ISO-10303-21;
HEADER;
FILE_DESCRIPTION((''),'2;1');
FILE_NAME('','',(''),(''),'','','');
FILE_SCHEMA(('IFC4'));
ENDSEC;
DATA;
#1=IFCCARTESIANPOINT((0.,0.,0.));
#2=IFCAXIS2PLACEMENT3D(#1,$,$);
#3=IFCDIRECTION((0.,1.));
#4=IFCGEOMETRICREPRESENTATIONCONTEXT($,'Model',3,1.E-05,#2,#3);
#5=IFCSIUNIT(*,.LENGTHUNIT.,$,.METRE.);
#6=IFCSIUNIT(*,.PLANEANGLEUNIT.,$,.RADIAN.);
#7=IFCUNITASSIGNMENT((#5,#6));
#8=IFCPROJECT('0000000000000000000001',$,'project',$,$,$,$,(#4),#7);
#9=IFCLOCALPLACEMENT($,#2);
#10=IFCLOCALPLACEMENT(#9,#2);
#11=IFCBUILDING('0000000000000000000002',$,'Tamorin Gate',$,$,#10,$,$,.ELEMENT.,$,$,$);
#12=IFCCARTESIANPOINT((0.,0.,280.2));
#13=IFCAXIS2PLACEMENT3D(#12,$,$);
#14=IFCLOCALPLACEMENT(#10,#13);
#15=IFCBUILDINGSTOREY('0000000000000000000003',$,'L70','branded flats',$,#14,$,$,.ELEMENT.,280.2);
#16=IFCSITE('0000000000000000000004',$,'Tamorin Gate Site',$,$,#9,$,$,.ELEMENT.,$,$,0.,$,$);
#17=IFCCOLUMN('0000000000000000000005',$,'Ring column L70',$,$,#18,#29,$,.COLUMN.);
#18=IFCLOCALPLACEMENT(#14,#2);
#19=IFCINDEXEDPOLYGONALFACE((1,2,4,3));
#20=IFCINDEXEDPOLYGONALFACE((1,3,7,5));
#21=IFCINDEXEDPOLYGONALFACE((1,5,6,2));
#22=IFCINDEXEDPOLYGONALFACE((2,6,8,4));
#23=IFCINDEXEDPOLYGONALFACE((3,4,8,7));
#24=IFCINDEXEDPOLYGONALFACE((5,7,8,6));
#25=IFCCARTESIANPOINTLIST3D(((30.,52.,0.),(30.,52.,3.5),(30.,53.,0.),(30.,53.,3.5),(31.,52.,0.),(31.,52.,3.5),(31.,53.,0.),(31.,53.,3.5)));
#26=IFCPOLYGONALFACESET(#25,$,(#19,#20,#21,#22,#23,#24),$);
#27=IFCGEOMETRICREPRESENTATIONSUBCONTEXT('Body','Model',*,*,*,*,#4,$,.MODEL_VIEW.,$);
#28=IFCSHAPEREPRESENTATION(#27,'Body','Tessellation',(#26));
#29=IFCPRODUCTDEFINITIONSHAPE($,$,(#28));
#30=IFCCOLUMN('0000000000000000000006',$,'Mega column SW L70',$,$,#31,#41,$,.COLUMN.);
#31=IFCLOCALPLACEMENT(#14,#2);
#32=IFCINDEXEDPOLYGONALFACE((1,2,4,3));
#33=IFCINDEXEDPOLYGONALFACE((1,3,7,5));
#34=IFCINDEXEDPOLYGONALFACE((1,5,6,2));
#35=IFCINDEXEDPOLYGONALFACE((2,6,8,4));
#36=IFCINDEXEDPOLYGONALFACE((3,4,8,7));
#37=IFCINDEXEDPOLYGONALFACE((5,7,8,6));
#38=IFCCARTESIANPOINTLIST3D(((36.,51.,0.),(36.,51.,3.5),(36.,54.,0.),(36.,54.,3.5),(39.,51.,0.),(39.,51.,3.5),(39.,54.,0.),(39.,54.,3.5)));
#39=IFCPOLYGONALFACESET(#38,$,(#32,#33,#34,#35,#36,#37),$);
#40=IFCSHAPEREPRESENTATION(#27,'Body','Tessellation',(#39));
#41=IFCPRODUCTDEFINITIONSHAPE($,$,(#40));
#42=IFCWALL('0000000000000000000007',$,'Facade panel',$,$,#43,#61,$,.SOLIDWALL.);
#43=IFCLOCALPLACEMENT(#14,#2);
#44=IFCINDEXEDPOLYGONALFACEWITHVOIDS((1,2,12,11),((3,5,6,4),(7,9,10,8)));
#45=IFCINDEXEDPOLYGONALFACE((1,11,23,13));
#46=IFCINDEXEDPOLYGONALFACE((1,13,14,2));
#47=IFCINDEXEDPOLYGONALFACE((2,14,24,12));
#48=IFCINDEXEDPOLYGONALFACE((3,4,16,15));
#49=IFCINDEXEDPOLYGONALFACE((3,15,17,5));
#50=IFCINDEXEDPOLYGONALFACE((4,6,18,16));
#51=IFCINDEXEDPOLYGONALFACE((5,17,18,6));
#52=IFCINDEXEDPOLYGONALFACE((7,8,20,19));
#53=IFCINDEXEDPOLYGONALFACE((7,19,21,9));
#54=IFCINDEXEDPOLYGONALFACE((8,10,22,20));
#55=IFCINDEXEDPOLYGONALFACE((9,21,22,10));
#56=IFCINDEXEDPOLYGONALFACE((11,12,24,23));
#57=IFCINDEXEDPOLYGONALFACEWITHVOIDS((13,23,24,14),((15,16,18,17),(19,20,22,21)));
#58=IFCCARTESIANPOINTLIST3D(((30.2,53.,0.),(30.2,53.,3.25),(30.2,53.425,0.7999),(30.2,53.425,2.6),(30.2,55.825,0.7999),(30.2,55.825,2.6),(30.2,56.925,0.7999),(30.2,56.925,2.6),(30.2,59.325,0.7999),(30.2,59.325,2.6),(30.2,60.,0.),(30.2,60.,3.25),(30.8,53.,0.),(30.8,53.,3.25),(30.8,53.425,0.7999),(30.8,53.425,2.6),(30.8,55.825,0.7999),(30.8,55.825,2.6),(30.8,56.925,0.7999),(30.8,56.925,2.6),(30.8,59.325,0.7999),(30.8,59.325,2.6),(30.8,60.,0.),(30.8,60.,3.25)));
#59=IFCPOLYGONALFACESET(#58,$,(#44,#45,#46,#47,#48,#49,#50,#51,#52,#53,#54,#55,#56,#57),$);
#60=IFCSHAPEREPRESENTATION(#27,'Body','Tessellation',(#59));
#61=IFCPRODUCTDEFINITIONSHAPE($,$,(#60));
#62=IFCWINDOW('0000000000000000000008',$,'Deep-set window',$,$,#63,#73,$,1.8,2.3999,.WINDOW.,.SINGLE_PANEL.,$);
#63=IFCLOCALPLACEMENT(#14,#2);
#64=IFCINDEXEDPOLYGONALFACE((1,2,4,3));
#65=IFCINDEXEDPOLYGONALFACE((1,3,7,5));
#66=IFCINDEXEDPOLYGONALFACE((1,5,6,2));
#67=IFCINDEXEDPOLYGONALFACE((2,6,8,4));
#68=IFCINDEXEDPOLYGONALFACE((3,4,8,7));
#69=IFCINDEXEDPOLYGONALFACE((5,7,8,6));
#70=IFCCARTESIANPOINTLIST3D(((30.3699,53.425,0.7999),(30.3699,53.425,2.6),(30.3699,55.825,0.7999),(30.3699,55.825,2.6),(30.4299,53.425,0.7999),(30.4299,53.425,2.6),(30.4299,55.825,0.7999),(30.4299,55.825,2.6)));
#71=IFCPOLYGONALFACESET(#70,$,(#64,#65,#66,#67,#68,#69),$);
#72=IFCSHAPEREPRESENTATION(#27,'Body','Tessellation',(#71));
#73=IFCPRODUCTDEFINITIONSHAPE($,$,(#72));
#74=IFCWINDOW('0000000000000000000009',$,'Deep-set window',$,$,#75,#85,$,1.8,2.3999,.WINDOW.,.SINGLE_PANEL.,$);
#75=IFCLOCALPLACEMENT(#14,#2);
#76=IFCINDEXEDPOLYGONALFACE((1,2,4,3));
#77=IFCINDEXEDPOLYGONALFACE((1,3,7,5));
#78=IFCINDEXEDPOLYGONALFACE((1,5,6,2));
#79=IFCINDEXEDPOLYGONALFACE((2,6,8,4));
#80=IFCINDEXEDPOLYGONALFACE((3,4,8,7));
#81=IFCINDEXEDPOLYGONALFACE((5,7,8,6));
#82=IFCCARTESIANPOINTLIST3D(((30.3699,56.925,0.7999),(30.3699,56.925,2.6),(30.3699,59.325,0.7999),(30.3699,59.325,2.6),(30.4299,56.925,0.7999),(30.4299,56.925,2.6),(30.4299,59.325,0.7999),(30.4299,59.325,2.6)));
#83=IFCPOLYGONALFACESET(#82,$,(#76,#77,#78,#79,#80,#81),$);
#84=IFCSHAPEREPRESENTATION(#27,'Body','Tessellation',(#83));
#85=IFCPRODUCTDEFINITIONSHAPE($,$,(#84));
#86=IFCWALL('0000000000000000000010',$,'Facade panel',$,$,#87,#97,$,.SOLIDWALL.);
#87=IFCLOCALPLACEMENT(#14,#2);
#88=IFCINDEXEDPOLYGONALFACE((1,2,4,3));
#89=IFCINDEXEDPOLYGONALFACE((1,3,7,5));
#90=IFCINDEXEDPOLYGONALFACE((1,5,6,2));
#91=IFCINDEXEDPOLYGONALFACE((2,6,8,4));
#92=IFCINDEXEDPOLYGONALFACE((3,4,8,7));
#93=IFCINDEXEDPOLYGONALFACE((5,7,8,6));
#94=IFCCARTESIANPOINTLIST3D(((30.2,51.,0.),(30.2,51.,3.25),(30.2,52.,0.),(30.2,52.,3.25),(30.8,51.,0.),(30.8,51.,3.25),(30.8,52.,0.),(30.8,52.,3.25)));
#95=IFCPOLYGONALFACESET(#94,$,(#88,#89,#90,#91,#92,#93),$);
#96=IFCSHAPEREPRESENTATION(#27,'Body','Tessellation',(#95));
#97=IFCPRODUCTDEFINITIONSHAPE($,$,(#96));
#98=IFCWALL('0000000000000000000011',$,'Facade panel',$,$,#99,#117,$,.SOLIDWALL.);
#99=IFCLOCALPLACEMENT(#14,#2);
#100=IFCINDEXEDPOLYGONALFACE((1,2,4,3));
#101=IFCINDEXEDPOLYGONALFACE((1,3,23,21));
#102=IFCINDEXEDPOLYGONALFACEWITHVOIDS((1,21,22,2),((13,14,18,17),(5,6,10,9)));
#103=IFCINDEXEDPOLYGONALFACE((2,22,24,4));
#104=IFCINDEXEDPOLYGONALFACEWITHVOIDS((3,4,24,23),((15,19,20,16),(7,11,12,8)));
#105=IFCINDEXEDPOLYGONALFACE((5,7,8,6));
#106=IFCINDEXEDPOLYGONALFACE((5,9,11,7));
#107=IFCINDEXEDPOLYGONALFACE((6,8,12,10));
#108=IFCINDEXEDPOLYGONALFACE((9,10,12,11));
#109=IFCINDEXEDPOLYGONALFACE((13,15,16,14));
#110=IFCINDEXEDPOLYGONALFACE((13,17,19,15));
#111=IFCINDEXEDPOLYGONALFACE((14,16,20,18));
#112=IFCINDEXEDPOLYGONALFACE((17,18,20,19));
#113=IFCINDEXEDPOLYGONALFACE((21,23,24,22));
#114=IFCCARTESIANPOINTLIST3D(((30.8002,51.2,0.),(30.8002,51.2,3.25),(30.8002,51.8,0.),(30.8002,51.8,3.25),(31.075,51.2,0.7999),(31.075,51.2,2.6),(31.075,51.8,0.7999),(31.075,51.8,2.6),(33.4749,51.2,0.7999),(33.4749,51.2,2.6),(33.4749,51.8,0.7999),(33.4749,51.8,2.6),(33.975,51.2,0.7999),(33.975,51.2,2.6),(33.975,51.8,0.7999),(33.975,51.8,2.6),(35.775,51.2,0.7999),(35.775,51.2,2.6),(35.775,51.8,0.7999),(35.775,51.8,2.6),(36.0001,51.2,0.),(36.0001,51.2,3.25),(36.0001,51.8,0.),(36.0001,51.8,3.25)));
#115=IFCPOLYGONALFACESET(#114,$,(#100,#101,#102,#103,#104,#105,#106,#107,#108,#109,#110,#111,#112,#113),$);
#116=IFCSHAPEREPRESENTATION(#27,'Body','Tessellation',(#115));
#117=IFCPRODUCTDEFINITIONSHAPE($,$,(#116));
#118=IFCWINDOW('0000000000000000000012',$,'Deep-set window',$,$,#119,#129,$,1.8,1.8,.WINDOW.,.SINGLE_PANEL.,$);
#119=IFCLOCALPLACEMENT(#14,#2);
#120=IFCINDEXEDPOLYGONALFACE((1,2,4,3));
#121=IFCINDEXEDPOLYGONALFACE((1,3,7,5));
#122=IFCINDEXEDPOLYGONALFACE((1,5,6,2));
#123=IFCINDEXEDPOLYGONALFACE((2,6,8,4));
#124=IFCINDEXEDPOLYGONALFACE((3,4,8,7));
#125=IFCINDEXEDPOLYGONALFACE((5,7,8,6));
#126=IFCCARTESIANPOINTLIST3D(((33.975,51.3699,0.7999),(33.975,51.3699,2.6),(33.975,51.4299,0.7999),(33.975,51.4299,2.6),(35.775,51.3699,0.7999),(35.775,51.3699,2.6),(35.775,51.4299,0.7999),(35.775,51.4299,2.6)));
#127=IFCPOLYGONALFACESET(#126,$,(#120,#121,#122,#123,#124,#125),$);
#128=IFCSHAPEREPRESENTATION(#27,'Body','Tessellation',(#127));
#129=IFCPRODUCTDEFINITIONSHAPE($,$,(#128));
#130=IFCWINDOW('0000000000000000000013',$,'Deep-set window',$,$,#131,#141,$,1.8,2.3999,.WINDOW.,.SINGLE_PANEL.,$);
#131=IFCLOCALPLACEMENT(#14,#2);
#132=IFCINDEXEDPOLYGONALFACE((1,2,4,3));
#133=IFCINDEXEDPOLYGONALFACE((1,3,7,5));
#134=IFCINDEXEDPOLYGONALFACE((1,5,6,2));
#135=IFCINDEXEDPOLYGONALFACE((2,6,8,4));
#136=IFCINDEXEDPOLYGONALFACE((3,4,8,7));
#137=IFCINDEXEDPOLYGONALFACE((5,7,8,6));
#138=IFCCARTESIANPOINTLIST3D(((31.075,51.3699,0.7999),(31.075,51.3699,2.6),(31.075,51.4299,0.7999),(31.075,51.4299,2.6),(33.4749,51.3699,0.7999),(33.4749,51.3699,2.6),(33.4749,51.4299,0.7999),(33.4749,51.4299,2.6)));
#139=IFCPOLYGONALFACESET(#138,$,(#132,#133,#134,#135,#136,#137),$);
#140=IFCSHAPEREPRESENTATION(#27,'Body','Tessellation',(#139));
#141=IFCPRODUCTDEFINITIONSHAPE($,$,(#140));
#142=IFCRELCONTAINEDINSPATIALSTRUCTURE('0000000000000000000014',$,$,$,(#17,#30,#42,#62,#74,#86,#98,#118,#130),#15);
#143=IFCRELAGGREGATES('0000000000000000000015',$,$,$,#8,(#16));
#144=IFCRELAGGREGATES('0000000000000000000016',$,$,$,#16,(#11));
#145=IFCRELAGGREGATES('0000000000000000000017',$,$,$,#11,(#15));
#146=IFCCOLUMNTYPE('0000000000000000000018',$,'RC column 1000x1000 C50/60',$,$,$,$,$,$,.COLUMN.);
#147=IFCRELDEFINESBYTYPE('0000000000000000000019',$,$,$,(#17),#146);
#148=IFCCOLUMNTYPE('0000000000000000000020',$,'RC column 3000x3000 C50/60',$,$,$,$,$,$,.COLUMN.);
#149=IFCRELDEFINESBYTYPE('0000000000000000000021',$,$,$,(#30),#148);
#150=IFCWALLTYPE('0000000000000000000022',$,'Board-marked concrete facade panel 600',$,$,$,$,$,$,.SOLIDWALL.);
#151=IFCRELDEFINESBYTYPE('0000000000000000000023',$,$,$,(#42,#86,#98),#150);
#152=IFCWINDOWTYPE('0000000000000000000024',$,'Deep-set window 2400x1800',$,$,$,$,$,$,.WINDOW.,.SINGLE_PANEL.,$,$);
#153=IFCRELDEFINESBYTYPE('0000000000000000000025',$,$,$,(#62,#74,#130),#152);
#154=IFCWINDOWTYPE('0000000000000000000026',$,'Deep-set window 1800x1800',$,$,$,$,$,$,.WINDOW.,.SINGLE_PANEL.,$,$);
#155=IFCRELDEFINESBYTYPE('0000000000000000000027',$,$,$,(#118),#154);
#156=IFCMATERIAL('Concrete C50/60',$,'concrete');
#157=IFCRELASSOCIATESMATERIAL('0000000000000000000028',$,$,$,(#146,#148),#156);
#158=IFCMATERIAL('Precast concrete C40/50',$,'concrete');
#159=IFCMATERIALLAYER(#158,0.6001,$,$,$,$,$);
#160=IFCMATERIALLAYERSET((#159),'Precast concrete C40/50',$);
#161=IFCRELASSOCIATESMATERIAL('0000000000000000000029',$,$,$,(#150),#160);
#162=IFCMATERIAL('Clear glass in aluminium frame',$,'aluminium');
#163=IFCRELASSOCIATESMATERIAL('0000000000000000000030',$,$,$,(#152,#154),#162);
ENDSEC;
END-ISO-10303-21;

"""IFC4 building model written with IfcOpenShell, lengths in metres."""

from ifc_helpers import new_model, si_unit, direction, frame, frame_2d, origin, origin_2d, place, context, subcontext, project, spatial, rectangle, extrude, material, layer, layer_set, material_profile, profile_set, type_object, element, fill, save


model = new_model("IFC4")

# Units and contexts
model_context = context("Model", 3, precision=1e-05, world=origin(), true_north=direction((0.0, 1.0)))
body_context = subcontext(model_context, "Body", "Model", "MODEL_VIEW")
ifc_project = project(units=[si_unit("LENGTHUNIT", "METRE"), si_unit("PLANEANGLEUNIT", "RADIAN")], contexts=[model_context])

# Site, building, storey
site_placement = place(None, origin())
site = spatial("IfcSite", under=ifc_project, at=site_placement, Name="Tamorin Gate Site", CompositionType="ELEMENT", RefElevation=0.0)
building_placement = place(site_placement, origin())
building = spatial("IfcBuilding", under=site, at=building_placement, Name="Tamorin Gate", CompositionType="ELEMENT")
storey_placement = place(building_placement, frame((0.0, 0.0, 280.2)))
storey = spatial("IfcBuildingStorey", under=building, at=storey_placement, Name="L70", Description="branded flats", CompositionType="ELEMENT", Elevation=280.2)

# Columns
ifc_material_1 = material(Name="Concrete C50/60", Category="concrete")
ifc_material_profile_1 = material_profile(ifc_material_1, rectangle(XDim=1.0, YDim=1.0, at=origin_2d()), Name="RC 1000x1000")
ifc_profile_set_1 = profile_set([ifc_material_profile_1], Name="Concrete C50/60")
column_type_1 = type_object("IfcColumnType", Name="RC column 1000x1000 C50/60", PredefinedType="COLUMN", material=ifc_profile_set_1)
column_1_placement = place(storey_placement, frame((30.5, 52.5, 0.0), z_axis=(0.0, 0.0, 1.0), x_axis=(1.0, 0.0, 0.0)))
element("IfcColumn", 1, at=column_1_placement, inside=storey, type_object=column_type_1, Name="Ring column L70", PredefinedType="COLUMN", context=body_context, shape_type="SweptSolid", body=[
    extrude(rectangle(XDim=1.0, YDim=1.0, at=origin_2d()), origin(), (0.0, 0.0, 1.0), 3.5),
])
ifc_material_profile_2 = material_profile(ifc_material_1, rectangle(XDim=3.0, YDim=3.0, at=origin_2d()), Name="RC 3000x3000")
ifc_profile_set_2 = profile_set([ifc_material_profile_2], Name="Concrete C50/60")
column_type_2 = type_object("IfcColumnType", Name="RC column 3000x3000 C50/60", PredefinedType="COLUMN", material=ifc_profile_set_2)
column_2_placement = place(storey_placement, frame((37.5, 52.5, 0.0), z_axis=(0.0, 0.0, 1.0), x_axis=(1.0, 0.0, 0.0)))
element("IfcColumn", 2, at=column_2_placement, inside=storey, type_object=column_type_2, Name="Mega column SW L70", PredefinedType="COLUMN", context=body_context, shape_type="SweptSolid", body=[
    extrude(rectangle(XDim=3.0, YDim=3.0, at=origin_2d()), origin(), (0.0, 0.0, 1.0), 3.5),
])

# Wall, openings, windows
ifc_material_2 = material(Name="Precast concrete C40/50", Category="concrete")
ifc_layer_1 = layer(ifc_material_2, 0.6001)
ifc_layer_set_1 = layer_set([ifc_layer_1], Name="Precast concrete C40/50")
wall_type_1 = type_object("IfcWallType", Name="Board-marked concrete facade panel 600", PredefinedType="SOLIDWALL", material=ifc_layer_set_1)
wall_1_placement = place(storey_placement, frame((30.5, 60.0, 0.0), z_axis=(0.0, 0.0, 1.0), x_axis=(0.0, -1.0, 0.0)))
wall_1 = element("IfcWall", 3, at=wall_1_placement, inside=storey, type_object=wall_type_1, Name="Facade panel", PredefinedType="SOLIDWALL", context=body_context, shape_type="SweptSolid", body=[
    extrude(rectangle(XDim=7.0, YDim=0.6001, at=frame_2d((3.5, 0.0))), origin(), (0.0, 0.0, 1.0), 3.25),
])
opening_1_placement = place(wall_1_placement, frame((4.175, 0.0, 0.8)))
opening_1 = element("IfcOpeningElement", 4, at=opening_1_placement, cuts=wall_1, PredefinedType="OPENING", context=body_context, shape_type="SweptSolid", body=[
    extrude(rectangle(XDim=2.3999, YDim=1.8, at=frame_2d((1.2, 0.8999))), frame((0.0, 0.3101, 0.0), z_axis=(0.0, -1.0, 0.0), x_axis=(1.0, 0.0, 0.0)), (0.0, 0.0, 1.0), 0.6201),
])
opening_2_placement = place(wall_1_placement, frame((0.675, 0.0, 0.8)))
opening_2 = element("IfcOpeningElement", 5, at=opening_2_placement, cuts=wall_1, PredefinedType="OPENING", context=body_context, shape_type="SweptSolid", body=[
    extrude(rectangle(XDim=2.3999, YDim=1.8, at=frame_2d((1.2, 0.8999))), frame((0.0, 0.3101, 0.0), z_axis=(0.0, -1.0, 0.0), x_axis=(1.0, 0.0, 0.0)), (0.0, 0.0, 1.0), 0.6201),
])
ifc_material_3 = material(Name="Clear glass in aluminium frame", Category="aluminium")
window_type_1 = type_object("IfcWindowType", Name="Deep-set window 2400x1800", PartitioningType="SINGLE_PANEL", PredefinedType="WINDOW", material=ifc_material_3)
window_1_placement = place(opening_1_placement, origin())
window_1 = element("IfcWindow", 6, at=window_1_placement, inside=storey, type_object=window_type_1, Name="Deep-set window", OverallHeight=1.8, OverallWidth=2.3999, PartitioningType="SINGLE_PANEL", PredefinedType="WINDOW", context=body_context, shape_type="SweptSolid", body=[
    extrude(rectangle(XDim=2.3999, YDim=1.8, at=frame_2d((1.2, 0.8999))), frame((0.0, -0.0701, 0.0), z_axis=(0.0, -1.0, 0.0), x_axis=(1.0, 0.0, 0.0)), (0.0, 0.0, 1.0), 0.0601),
])
fill(opening_1, window_1)
window_2_placement = place(opening_2_placement, origin())
window_2 = element("IfcWindow", 7, at=window_2_placement, inside=storey, type_object=window_type_1, Name="Deep-set window", OverallHeight=1.8, OverallWidth=2.3999, PartitioningType="SINGLE_PANEL", PredefinedType="WINDOW", context=body_context, shape_type="SweptSolid", body=[
    extrude(rectangle(XDim=2.3999, YDim=1.8, at=frame_2d((1.2, 0.8999))), frame((0.0, -0.0701, 0.0), z_axis=(0.0, -1.0, 0.0), x_axis=(1.0, 0.0, 0.0)), (0.0, 0.0, 1.0), 0.0601),
])
fill(opening_2, window_2)

# Wall
wall_2_placement = place(storey_placement, frame((30.5, 52.0, 0.0), z_axis=(0.0, 0.0, 1.0), x_axis=(0.0, -1.0, 0.0)))
element("IfcWall", 8, at=wall_2_placement, inside=storey, type_object=wall_type_1, Name="Facade panel", PredefinedType="SOLIDWALL", context=body_context, shape_type="SweptSolid", body=[
    extrude(rectangle(XDim=1.0, YDim=0.6001, at=frame_2d((0.5, 0.0))), origin(), (0.0, 0.0, 1.0), 3.25),
])

# Wall, openings, windows
wall_3_placement = place(storey_placement, frame((30.8, 51.5, 0.0), z_axis=(0.0, 0.0, 1.0), x_axis=(1.0, 0.0, 0.0)))
wall_3 = element("IfcWall", 9, at=wall_3_placement, inside=storey, type_object=wall_type_1, Name="Facade panel", PredefinedType="SOLIDWALL", context=body_context, shape_type="SweptSolid", body=[
    extrude(rectangle(XDim=5.2, YDim=0.6001, at=frame_2d((2.6001, 0.0))), origin(), (0.0, 0.0, 1.0), 3.25),
])
opening_3_placement = place(wall_3_placement, frame((0.2749, 0.0, 0.8)))
opening_3 = element("IfcOpeningElement", 10, at=opening_3_placement, cuts=wall_3, PredefinedType="OPENING", context=body_context, shape_type="SweptSolid", body=[
    extrude(rectangle(XDim=2.3999, YDim=1.8, at=frame_2d((1.2, 0.8999))), frame((0.0, 0.3101, 0.0), z_axis=(0.0, -1.0, 0.0), x_axis=(1.0, 0.0, 0.0)), (0.0, 0.0, 1.0), 0.6201),
])
opening_4_placement = place(wall_3_placement, frame((3.175, 0.0, 0.8)))
opening_4 = element("IfcOpeningElement", 11, at=opening_4_placement, cuts=wall_3, PredefinedType="OPENING", context=body_context, shape_type="SweptSolid", body=[
    extrude(rectangle(XDim=1.8, YDim=1.8, at=frame_2d((0.8999, 0.8999))), frame((0.0, 0.3101, 0.0), z_axis=(0.0, -1.0, 0.0), x_axis=(1.0, 0.0, 0.0)), (0.0, 0.0, 1.0), 0.6201),
])
window_type_2 = type_object("IfcWindowType", Name="Deep-set window 1800x1800", PartitioningType="SINGLE_PANEL", PredefinedType="WINDOW", material=ifc_material_3)
window_3_placement = place(opening_4_placement, origin())
window_3 = element("IfcWindow", 12, at=window_3_placement, inside=storey, type_object=window_type_2, Name="Deep-set window", OverallHeight=1.8, OverallWidth=1.8, PartitioningType="SINGLE_PANEL", PredefinedType="WINDOW", context=body_context, shape_type="SweptSolid", body=[
    extrude(rectangle(XDim=1.8, YDim=1.8, at=frame_2d((0.8999, 0.8999))), frame((0.0, -0.0701, 0.0), z_axis=(0.0, -1.0, 0.0), x_axis=(1.0, 0.0, 0.0)), (0.0, 0.0, 1.0), 0.0601),
])
fill(opening_4, window_3)
window_4_placement = place(opening_3_placement, origin())
window_4 = element("IfcWindow", 13, at=window_4_placement, inside=storey, type_object=window_type_1, Name="Deep-set window", OverallHeight=1.8, OverallWidth=2.3999, PartitioningType="SINGLE_PANEL", PredefinedType="WINDOW", context=body_context, shape_type="SweptSolid", body=[
    extrude(rectangle(XDim=2.3999, YDim=1.8, at=frame_2d((1.2, 0.8999))), frame((0.0, -0.0701, 0.0), z_axis=(0.0, -1.0, 0.0), x_axis=(1.0, 0.0, 0.0)), (0.0, 0.0, 1.0), 0.0601),
])
fill(opening_3, window_4)

save(model, "model.ifc")
